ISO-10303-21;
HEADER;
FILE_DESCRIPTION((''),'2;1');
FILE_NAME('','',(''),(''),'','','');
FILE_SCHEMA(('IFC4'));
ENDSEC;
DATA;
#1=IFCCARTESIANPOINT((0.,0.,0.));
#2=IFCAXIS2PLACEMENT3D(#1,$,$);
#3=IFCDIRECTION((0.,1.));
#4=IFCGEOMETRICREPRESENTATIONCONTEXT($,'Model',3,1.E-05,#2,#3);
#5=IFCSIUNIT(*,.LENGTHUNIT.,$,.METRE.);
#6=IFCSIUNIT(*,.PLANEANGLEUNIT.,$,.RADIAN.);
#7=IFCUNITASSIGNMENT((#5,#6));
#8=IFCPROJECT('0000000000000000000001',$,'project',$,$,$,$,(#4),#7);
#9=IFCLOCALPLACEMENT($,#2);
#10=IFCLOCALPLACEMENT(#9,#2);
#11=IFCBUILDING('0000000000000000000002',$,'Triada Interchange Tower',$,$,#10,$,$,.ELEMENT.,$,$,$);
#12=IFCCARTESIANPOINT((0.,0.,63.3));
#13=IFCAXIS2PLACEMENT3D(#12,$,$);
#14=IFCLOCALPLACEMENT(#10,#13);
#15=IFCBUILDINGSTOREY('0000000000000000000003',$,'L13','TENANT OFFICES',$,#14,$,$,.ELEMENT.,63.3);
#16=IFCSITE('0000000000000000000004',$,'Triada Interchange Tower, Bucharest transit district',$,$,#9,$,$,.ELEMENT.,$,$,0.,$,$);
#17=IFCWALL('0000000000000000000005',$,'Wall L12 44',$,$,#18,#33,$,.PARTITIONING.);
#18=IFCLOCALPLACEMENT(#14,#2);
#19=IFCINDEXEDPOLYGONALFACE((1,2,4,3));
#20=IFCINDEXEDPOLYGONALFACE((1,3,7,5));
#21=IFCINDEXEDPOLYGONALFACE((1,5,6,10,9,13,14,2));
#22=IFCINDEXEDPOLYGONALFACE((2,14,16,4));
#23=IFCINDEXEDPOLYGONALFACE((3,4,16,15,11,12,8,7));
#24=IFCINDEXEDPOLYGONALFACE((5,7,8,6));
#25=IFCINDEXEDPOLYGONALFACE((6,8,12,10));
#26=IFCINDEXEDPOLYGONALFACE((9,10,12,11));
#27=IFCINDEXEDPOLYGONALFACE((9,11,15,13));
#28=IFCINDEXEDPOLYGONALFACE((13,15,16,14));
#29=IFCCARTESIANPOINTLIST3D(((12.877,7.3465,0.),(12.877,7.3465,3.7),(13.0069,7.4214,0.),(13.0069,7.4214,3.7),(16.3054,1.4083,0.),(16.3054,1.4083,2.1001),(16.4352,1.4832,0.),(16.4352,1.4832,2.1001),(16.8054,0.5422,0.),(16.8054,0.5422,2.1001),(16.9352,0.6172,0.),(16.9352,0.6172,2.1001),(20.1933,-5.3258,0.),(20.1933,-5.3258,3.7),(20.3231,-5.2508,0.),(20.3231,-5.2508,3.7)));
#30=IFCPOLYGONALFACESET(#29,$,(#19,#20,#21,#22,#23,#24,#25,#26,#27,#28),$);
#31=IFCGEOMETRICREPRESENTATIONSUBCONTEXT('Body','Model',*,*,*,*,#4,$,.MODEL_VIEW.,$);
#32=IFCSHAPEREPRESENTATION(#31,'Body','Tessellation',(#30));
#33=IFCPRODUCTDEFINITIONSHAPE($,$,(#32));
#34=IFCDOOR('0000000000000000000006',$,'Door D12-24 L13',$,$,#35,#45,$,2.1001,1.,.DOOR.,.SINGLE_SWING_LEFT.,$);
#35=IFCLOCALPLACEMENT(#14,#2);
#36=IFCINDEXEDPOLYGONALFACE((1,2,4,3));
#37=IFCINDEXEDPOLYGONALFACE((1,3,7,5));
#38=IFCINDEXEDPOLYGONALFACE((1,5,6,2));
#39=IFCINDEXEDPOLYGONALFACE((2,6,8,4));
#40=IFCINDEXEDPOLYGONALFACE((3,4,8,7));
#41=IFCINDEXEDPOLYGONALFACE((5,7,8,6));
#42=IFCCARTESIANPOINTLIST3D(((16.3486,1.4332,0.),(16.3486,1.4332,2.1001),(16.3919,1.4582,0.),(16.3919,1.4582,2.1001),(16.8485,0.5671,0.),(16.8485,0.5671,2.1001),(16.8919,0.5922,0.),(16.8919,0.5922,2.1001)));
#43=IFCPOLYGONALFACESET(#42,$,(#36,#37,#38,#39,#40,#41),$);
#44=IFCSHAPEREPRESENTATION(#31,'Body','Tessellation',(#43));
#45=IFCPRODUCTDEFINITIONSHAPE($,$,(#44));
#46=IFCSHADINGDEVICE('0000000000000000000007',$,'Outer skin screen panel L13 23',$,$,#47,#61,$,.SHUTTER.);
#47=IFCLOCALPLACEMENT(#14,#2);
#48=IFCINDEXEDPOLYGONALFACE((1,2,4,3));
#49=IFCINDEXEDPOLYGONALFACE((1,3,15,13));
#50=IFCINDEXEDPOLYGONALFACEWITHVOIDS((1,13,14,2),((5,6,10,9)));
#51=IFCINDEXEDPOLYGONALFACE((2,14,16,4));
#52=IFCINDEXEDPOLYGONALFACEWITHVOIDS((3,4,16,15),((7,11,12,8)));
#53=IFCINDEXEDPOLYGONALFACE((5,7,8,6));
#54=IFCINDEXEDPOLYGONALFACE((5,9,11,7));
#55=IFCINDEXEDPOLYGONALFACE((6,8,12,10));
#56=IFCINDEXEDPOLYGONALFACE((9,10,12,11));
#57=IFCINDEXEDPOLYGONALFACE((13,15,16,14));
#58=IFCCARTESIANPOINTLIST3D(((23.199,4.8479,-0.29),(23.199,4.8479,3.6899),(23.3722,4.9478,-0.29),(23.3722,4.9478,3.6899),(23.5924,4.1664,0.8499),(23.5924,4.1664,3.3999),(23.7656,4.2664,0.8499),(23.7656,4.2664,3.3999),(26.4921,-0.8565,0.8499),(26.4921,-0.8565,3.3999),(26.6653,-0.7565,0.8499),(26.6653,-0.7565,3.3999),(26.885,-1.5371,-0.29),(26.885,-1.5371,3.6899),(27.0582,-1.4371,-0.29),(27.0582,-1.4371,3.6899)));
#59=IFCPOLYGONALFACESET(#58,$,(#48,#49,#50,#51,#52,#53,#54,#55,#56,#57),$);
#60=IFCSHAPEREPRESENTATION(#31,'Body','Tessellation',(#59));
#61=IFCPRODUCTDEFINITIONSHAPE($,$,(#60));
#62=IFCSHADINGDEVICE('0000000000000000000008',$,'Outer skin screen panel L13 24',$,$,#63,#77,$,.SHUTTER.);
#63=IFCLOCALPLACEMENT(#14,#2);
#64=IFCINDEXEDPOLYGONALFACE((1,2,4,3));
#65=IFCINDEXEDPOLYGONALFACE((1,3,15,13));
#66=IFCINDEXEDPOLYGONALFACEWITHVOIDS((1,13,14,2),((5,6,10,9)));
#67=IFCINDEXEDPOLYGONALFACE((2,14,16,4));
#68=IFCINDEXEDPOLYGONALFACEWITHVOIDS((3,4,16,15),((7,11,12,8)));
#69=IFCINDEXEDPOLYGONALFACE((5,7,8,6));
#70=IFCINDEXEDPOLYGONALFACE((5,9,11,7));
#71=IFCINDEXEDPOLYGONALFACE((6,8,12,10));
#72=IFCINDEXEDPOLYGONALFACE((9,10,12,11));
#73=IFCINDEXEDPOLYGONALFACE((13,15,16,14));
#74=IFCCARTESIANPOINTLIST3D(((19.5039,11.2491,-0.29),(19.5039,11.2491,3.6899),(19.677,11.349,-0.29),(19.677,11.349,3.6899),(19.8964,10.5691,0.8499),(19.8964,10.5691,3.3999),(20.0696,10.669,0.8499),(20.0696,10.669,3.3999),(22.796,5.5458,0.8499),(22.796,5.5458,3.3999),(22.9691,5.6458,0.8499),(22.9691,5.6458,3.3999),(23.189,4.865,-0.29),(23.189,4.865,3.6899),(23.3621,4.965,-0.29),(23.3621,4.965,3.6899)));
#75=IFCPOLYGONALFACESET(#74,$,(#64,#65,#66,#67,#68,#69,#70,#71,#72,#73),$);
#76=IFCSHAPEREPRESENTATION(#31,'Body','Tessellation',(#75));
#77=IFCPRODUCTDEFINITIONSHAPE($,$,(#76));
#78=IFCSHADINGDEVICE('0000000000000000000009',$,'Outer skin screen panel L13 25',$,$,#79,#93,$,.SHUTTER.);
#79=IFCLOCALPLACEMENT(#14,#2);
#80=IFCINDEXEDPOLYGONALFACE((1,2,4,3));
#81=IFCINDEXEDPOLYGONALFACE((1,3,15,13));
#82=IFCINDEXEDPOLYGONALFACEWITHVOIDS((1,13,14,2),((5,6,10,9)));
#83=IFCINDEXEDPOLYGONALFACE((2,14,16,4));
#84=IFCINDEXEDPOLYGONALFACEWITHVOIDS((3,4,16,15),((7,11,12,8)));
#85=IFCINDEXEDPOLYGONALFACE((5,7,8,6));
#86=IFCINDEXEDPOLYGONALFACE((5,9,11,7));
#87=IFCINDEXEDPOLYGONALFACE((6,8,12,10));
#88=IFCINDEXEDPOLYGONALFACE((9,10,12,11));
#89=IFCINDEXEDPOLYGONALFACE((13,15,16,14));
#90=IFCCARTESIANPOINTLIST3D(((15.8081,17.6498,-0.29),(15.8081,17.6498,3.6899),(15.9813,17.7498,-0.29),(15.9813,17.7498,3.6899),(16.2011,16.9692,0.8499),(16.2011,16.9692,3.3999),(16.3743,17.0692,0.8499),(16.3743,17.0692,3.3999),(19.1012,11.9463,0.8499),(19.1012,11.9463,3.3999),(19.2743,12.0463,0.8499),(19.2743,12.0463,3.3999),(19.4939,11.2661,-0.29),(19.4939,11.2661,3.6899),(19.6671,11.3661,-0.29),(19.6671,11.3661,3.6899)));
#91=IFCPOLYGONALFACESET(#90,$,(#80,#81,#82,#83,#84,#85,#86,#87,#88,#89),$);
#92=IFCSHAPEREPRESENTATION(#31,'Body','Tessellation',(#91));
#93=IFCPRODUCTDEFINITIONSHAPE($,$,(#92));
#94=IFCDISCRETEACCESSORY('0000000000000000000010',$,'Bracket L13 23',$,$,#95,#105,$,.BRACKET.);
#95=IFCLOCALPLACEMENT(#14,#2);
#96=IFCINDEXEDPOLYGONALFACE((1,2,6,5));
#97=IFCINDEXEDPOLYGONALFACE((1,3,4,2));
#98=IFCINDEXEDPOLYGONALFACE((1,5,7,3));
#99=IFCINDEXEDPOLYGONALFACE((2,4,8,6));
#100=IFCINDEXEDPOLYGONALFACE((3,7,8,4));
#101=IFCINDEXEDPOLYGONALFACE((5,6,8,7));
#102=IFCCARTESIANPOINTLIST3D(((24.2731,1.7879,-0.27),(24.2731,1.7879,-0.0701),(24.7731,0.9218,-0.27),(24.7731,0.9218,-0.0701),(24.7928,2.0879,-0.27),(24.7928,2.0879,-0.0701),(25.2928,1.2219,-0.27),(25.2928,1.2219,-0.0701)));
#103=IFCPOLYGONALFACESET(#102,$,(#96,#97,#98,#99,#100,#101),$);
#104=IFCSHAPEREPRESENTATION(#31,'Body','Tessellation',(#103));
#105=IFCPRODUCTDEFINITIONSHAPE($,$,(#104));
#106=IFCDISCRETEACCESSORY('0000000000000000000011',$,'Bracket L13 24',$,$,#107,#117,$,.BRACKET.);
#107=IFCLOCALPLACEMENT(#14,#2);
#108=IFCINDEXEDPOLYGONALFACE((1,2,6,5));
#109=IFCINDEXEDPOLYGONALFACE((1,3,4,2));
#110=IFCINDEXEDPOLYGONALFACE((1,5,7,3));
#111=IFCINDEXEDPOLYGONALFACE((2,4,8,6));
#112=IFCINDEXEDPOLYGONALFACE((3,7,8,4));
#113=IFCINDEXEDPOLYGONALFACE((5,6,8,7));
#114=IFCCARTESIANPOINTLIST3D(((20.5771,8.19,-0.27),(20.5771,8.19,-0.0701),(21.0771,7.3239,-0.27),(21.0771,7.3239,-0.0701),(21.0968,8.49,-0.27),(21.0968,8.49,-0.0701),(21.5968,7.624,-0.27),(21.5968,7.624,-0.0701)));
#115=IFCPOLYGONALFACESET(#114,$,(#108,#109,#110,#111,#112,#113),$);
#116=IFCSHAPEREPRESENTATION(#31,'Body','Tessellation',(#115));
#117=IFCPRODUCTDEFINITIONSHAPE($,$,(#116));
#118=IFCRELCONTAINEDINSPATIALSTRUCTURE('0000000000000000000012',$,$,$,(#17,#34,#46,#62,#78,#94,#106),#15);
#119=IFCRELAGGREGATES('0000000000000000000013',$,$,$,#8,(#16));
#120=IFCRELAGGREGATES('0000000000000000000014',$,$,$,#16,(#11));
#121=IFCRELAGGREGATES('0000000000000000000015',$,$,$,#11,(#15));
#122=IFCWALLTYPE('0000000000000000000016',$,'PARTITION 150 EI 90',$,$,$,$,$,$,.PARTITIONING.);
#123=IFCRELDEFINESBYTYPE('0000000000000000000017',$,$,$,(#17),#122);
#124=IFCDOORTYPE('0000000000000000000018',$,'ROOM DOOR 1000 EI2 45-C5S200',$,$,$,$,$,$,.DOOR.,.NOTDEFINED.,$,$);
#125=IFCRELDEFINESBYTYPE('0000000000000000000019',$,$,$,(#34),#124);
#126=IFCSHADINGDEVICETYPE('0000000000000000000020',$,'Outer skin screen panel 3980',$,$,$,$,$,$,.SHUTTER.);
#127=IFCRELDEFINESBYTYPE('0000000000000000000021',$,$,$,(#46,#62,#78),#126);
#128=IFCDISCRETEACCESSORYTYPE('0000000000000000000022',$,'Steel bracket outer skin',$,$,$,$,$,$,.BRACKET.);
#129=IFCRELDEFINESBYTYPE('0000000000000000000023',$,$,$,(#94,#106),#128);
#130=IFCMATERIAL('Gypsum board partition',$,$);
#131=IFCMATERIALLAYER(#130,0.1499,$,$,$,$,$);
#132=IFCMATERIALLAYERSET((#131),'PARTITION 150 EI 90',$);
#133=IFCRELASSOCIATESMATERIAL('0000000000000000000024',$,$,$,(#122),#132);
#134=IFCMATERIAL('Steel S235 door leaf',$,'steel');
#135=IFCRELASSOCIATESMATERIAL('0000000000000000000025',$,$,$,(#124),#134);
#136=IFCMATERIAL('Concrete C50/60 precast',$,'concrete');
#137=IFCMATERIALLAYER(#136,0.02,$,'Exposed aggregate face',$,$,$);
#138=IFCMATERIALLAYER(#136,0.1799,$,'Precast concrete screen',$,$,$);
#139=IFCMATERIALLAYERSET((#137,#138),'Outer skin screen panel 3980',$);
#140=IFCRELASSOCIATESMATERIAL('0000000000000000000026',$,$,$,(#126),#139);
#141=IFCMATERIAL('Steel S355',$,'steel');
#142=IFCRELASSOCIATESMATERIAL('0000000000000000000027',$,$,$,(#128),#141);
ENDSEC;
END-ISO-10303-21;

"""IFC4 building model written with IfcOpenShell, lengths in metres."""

from ifc_helpers import new_model, si_unit, direction, frame, frame_2d, origin, origin_2d, place, context, subcontext, project, spatial, polyline, rectangle, outline, extrude, material, layer, layer_set, type_object, element, fill, save


model = new_model("IFC4")

# Units and contexts
model_context = context("Model", 3, precision=1e-05, world=origin(), true_north=direction((0.0, 1.0)))
body_context = subcontext(model_context, "Body", "Model", "MODEL_VIEW")
ifc_project = project(units=[si_unit("LENGTHUNIT", "METRE"), si_unit("PLANEANGLEUNIT", "RADIAN")], contexts=[model_context])

# Site, building, storey
site_placement = place(None, origin())
site = spatial("IfcSite", under=ifc_project, at=site_placement, Name="Triada Interchange Tower, Bucharest transit district", CompositionType="ELEMENT", RefElevation=0.0)
building_placement = place(site_placement, origin())
building = spatial("IfcBuilding", under=site, at=building_placement, Name="Triada Interchange Tower", CompositionType="ELEMENT")
storey_placement = place(building_placement, frame((0.0, 0.0, 63.3)))
storey = spatial("IfcBuildingStorey", under=building, at=storey_placement, Name="L13", Description="TENANT OFFICES", CompositionType="ELEMENT", Elevation=63.3)

# Shared definitions
ifc_material_1 = material(Name="Gypsum board partition")

# Wall, opening, door
ifc_layer_1 = layer(ifc_material_1, 0.1499)
ifc_layer_set_1 = layer_set([ifc_layer_1], Name="PARTITION 150 EI 90")
wall_type_1 = type_object("IfcWallType", Name="PARTITION 150 EI 90", PredefinedType="PARTITIONING", material=ifc_layer_set_1)
wall_1_placement = place(storey_placement, frame((12.9419, 7.384, 0.0), z_axis=(0.0, 0.0, 1.0), x_axis=(0.499995, -0.866028, 0.0)))
wall_1 = element("IfcWall", 1, at=wall_1_placement, inside=storey, type_object=wall_type_1, Name="Wall L12 44", PredefinedType="PARTITIONING", context=body_context, shape_type="SweptSolid", body=[
    extrude(rectangle(XDim=14.6326, YDim=0.1499, at=frame_2d((7.3164, 0.0))), origin(), (0.0, 0.0, 1.0), 3.7),
])
opening_placement = place(wall_1_placement, frame((6.8569, 0.0, 0.0)))
opening = element("IfcOpeningElement", 2, at=opening_placement, cuts=wall_1, PredefinedType="OPENING", context=body_context, shape_type="SweptSolid", body=[
    extrude(rectangle(XDim=1.0, YDim=2.1001, at=frame_2d((0.5, 1.05))), frame((0.0, 0.085, 0.0), z_axis=(0.0, -1.0, 0.0), x_axis=(1.0, 0.0, 0.0)), (0.0, 0.0, 1.0), 0.1699),
])
ifc_material_2 = material(Name="Steel S235 door leaf", Category="steel")
door_type = type_object("IfcDoorType", Name="ROOM DOOR 1000 EI2 45-C5S200", OperationType="NOTDEFINED", PredefinedType="DOOR", material=ifc_material_2)
door_placement = place(opening_placement, origin())
door = element("IfcDoor", 3, at=door_placement, inside=storey, type_object=door_type, Name="Door D12-24 L13", OperationType="SINGLE_SWING_LEFT", OverallHeight=2.1001, OverallWidth=1.0, PredefinedType="DOOR", context=body_context, shape_type="SweptSolid", body=[
    extrude(rectangle(XDim=1.0, YDim=2.1001, at=frame_2d((0.5, 1.05))), frame((0.0, 0.0249, 0.0), z_axis=(0.0, -1.0, 0.0), x_axis=(1.0, 0.0, 0.0)), (0.0, 0.0, 1.0), 0.05),
])
fill(opening, door)

# Shading devices
ifc_material_3 = material(Name="Concrete C50/60 precast", Category="concrete")
ifc_layer_2 = layer(ifc_material_3, 0.02, Name="Exposed aggregate face")
ifc_layer_3 = layer(ifc_material_3, 0.1799, Name="Precast concrete screen")
ifc_layer_set_2 = layer_set([ifc_layer_2, ifc_layer_3], Name="Outer skin screen panel 3980")
shading_device_type = type_object("IfcShadingDeviceType", Name="Outer skin screen panel 3980", PredefinedType="SHUTTER", material=ifc_layer_set_2)
shading_device_1_placement = place(storey_placement, frame((26.885, -1.5371, -0.29), z_axis=(0.0, 0.0, 1.0), x_axis=(-0.499964, 0.866046, 0.0)))
element("IfcShadingDevice", 4, at=shading_device_1_placement, inside=storey, type_object=shading_device_type, Name="Outer skin screen panel L13 23", PredefinedType="SHUTTER", context=body_context, shape_type="SweptSolid", body=[
    extrude(outline(polyline([(0.0, 0.0), (7.3726, 0.0), (7.3726, 3.98), (0.0, 3.98), (0.0, 0.0)]), holes=[polyline([(0.7859, 1.1399), (0.7859, 3.6899), (6.5857, 3.6899), (6.5857, 1.1399), (0.7859, 1.1399)])]), frame((0.0, 0.0, 0.0), z_axis=(0.0, -1.0, 0.0), x_axis=(1.0, 0.0, 0.0)), (0.0, 0.0, 1.0), 0.2),
])
shading_device_2_placement = place(storey_placement, frame((23.189, 4.865, -0.29), z_axis=(0.0, 0.0, 1.0), x_axis=(-0.499922, 0.86607, 0.0)))
element("IfcShadingDevice", 5, at=shading_device_2_placement, inside=storey, type_object=shading_device_type, Name="Outer skin screen panel L13 24", PredefinedType="SHUTTER", context=body_context, shape_type="SweptSolid", body=[
    extrude(outline(polyline([(0.0, 0.0), (7.3713, 0.0), (7.3713, 3.98), (0.0, 3.98), (0.0, 0.0)]), holes=[polyline([(0.7861, 1.1399), (0.7861, 3.6899), (6.5862, 3.6899), (6.5862, 1.1399), (0.7861, 1.1399)])]), frame((0.0, 0.0, 0.0), z_axis=(0.0, -1.0, 0.0), x_axis=(1.0, 0.0, 0.0)), (0.0, 0.0, 1.0), 0.2),
])
shading_device_3_placement = place(storey_placement, frame((19.4939, 11.2661, -0.29), z_axis=(0.0, 0.0, 1.0), x_axis=(-0.500011, 0.866019, 0.0)))
element("IfcShadingDevice", 6, at=shading_device_3_placement, inside=storey, type_object=shading_device_type, Name="Outer skin screen panel L13 25", PredefinedType="SHUTTER", context=body_context, shape_type="SweptSolid", body=[
    extrude(outline(polyline([(0.0, 0.0), (7.3713, 0.0), (7.3713, 3.98), (0.0, 3.98), (0.0, 0.0)]), holes=[polyline([(0.7854, 1.1399), (0.7854, 3.6899), (6.5854, 3.6899), (6.5854, 1.1399), (0.7854, 1.1399)])]), frame((0.0, 0.0, 0.0), z_axis=(0.0, -1.0, 0.0), x_axis=(1.0, 0.0, 0.0)), (0.0, 0.0, 1.0), 0.2),
])

# Discrete accessories
ifc_material_4 = material(Name="Steel S355", Category="steel")
discrete_accessory_type = type_object("IfcDiscreteAccessoryType", Name="Steel bracket outer skin", PredefinedType="BRACKET", material=ifc_material_4)
for number, where, z_axis, x_axis, name in (
    (7, (24.783, 1.5049, -0.27), (0.0, 0.0, 1.0), (0.866022, 0.500006, 0.0), "Bracket L13 23"),
    (8, (21.0869, 7.907, -0.27), (0.0, 0.0, 1.0), (0.866022, 0.500006, 0.0), "Bracket L13 24"),
):
    element("IfcDiscreteAccessory", number, at=place(storey_placement, frame(where, z_axis=z_axis, x_axis=x_axis)), inside=storey, type_object=discrete_accessory_type, Name=name, PredefinedType="BRACKET", context=body_context, shape_type="SweptSolid", body=[
        extrude(rectangle(XDim=0.6001, YDim=1.0, at=origin_2d()), origin(), (0.0, 0.0, 1.0), 0.2),
    ])

save(model, "model.ifc")
